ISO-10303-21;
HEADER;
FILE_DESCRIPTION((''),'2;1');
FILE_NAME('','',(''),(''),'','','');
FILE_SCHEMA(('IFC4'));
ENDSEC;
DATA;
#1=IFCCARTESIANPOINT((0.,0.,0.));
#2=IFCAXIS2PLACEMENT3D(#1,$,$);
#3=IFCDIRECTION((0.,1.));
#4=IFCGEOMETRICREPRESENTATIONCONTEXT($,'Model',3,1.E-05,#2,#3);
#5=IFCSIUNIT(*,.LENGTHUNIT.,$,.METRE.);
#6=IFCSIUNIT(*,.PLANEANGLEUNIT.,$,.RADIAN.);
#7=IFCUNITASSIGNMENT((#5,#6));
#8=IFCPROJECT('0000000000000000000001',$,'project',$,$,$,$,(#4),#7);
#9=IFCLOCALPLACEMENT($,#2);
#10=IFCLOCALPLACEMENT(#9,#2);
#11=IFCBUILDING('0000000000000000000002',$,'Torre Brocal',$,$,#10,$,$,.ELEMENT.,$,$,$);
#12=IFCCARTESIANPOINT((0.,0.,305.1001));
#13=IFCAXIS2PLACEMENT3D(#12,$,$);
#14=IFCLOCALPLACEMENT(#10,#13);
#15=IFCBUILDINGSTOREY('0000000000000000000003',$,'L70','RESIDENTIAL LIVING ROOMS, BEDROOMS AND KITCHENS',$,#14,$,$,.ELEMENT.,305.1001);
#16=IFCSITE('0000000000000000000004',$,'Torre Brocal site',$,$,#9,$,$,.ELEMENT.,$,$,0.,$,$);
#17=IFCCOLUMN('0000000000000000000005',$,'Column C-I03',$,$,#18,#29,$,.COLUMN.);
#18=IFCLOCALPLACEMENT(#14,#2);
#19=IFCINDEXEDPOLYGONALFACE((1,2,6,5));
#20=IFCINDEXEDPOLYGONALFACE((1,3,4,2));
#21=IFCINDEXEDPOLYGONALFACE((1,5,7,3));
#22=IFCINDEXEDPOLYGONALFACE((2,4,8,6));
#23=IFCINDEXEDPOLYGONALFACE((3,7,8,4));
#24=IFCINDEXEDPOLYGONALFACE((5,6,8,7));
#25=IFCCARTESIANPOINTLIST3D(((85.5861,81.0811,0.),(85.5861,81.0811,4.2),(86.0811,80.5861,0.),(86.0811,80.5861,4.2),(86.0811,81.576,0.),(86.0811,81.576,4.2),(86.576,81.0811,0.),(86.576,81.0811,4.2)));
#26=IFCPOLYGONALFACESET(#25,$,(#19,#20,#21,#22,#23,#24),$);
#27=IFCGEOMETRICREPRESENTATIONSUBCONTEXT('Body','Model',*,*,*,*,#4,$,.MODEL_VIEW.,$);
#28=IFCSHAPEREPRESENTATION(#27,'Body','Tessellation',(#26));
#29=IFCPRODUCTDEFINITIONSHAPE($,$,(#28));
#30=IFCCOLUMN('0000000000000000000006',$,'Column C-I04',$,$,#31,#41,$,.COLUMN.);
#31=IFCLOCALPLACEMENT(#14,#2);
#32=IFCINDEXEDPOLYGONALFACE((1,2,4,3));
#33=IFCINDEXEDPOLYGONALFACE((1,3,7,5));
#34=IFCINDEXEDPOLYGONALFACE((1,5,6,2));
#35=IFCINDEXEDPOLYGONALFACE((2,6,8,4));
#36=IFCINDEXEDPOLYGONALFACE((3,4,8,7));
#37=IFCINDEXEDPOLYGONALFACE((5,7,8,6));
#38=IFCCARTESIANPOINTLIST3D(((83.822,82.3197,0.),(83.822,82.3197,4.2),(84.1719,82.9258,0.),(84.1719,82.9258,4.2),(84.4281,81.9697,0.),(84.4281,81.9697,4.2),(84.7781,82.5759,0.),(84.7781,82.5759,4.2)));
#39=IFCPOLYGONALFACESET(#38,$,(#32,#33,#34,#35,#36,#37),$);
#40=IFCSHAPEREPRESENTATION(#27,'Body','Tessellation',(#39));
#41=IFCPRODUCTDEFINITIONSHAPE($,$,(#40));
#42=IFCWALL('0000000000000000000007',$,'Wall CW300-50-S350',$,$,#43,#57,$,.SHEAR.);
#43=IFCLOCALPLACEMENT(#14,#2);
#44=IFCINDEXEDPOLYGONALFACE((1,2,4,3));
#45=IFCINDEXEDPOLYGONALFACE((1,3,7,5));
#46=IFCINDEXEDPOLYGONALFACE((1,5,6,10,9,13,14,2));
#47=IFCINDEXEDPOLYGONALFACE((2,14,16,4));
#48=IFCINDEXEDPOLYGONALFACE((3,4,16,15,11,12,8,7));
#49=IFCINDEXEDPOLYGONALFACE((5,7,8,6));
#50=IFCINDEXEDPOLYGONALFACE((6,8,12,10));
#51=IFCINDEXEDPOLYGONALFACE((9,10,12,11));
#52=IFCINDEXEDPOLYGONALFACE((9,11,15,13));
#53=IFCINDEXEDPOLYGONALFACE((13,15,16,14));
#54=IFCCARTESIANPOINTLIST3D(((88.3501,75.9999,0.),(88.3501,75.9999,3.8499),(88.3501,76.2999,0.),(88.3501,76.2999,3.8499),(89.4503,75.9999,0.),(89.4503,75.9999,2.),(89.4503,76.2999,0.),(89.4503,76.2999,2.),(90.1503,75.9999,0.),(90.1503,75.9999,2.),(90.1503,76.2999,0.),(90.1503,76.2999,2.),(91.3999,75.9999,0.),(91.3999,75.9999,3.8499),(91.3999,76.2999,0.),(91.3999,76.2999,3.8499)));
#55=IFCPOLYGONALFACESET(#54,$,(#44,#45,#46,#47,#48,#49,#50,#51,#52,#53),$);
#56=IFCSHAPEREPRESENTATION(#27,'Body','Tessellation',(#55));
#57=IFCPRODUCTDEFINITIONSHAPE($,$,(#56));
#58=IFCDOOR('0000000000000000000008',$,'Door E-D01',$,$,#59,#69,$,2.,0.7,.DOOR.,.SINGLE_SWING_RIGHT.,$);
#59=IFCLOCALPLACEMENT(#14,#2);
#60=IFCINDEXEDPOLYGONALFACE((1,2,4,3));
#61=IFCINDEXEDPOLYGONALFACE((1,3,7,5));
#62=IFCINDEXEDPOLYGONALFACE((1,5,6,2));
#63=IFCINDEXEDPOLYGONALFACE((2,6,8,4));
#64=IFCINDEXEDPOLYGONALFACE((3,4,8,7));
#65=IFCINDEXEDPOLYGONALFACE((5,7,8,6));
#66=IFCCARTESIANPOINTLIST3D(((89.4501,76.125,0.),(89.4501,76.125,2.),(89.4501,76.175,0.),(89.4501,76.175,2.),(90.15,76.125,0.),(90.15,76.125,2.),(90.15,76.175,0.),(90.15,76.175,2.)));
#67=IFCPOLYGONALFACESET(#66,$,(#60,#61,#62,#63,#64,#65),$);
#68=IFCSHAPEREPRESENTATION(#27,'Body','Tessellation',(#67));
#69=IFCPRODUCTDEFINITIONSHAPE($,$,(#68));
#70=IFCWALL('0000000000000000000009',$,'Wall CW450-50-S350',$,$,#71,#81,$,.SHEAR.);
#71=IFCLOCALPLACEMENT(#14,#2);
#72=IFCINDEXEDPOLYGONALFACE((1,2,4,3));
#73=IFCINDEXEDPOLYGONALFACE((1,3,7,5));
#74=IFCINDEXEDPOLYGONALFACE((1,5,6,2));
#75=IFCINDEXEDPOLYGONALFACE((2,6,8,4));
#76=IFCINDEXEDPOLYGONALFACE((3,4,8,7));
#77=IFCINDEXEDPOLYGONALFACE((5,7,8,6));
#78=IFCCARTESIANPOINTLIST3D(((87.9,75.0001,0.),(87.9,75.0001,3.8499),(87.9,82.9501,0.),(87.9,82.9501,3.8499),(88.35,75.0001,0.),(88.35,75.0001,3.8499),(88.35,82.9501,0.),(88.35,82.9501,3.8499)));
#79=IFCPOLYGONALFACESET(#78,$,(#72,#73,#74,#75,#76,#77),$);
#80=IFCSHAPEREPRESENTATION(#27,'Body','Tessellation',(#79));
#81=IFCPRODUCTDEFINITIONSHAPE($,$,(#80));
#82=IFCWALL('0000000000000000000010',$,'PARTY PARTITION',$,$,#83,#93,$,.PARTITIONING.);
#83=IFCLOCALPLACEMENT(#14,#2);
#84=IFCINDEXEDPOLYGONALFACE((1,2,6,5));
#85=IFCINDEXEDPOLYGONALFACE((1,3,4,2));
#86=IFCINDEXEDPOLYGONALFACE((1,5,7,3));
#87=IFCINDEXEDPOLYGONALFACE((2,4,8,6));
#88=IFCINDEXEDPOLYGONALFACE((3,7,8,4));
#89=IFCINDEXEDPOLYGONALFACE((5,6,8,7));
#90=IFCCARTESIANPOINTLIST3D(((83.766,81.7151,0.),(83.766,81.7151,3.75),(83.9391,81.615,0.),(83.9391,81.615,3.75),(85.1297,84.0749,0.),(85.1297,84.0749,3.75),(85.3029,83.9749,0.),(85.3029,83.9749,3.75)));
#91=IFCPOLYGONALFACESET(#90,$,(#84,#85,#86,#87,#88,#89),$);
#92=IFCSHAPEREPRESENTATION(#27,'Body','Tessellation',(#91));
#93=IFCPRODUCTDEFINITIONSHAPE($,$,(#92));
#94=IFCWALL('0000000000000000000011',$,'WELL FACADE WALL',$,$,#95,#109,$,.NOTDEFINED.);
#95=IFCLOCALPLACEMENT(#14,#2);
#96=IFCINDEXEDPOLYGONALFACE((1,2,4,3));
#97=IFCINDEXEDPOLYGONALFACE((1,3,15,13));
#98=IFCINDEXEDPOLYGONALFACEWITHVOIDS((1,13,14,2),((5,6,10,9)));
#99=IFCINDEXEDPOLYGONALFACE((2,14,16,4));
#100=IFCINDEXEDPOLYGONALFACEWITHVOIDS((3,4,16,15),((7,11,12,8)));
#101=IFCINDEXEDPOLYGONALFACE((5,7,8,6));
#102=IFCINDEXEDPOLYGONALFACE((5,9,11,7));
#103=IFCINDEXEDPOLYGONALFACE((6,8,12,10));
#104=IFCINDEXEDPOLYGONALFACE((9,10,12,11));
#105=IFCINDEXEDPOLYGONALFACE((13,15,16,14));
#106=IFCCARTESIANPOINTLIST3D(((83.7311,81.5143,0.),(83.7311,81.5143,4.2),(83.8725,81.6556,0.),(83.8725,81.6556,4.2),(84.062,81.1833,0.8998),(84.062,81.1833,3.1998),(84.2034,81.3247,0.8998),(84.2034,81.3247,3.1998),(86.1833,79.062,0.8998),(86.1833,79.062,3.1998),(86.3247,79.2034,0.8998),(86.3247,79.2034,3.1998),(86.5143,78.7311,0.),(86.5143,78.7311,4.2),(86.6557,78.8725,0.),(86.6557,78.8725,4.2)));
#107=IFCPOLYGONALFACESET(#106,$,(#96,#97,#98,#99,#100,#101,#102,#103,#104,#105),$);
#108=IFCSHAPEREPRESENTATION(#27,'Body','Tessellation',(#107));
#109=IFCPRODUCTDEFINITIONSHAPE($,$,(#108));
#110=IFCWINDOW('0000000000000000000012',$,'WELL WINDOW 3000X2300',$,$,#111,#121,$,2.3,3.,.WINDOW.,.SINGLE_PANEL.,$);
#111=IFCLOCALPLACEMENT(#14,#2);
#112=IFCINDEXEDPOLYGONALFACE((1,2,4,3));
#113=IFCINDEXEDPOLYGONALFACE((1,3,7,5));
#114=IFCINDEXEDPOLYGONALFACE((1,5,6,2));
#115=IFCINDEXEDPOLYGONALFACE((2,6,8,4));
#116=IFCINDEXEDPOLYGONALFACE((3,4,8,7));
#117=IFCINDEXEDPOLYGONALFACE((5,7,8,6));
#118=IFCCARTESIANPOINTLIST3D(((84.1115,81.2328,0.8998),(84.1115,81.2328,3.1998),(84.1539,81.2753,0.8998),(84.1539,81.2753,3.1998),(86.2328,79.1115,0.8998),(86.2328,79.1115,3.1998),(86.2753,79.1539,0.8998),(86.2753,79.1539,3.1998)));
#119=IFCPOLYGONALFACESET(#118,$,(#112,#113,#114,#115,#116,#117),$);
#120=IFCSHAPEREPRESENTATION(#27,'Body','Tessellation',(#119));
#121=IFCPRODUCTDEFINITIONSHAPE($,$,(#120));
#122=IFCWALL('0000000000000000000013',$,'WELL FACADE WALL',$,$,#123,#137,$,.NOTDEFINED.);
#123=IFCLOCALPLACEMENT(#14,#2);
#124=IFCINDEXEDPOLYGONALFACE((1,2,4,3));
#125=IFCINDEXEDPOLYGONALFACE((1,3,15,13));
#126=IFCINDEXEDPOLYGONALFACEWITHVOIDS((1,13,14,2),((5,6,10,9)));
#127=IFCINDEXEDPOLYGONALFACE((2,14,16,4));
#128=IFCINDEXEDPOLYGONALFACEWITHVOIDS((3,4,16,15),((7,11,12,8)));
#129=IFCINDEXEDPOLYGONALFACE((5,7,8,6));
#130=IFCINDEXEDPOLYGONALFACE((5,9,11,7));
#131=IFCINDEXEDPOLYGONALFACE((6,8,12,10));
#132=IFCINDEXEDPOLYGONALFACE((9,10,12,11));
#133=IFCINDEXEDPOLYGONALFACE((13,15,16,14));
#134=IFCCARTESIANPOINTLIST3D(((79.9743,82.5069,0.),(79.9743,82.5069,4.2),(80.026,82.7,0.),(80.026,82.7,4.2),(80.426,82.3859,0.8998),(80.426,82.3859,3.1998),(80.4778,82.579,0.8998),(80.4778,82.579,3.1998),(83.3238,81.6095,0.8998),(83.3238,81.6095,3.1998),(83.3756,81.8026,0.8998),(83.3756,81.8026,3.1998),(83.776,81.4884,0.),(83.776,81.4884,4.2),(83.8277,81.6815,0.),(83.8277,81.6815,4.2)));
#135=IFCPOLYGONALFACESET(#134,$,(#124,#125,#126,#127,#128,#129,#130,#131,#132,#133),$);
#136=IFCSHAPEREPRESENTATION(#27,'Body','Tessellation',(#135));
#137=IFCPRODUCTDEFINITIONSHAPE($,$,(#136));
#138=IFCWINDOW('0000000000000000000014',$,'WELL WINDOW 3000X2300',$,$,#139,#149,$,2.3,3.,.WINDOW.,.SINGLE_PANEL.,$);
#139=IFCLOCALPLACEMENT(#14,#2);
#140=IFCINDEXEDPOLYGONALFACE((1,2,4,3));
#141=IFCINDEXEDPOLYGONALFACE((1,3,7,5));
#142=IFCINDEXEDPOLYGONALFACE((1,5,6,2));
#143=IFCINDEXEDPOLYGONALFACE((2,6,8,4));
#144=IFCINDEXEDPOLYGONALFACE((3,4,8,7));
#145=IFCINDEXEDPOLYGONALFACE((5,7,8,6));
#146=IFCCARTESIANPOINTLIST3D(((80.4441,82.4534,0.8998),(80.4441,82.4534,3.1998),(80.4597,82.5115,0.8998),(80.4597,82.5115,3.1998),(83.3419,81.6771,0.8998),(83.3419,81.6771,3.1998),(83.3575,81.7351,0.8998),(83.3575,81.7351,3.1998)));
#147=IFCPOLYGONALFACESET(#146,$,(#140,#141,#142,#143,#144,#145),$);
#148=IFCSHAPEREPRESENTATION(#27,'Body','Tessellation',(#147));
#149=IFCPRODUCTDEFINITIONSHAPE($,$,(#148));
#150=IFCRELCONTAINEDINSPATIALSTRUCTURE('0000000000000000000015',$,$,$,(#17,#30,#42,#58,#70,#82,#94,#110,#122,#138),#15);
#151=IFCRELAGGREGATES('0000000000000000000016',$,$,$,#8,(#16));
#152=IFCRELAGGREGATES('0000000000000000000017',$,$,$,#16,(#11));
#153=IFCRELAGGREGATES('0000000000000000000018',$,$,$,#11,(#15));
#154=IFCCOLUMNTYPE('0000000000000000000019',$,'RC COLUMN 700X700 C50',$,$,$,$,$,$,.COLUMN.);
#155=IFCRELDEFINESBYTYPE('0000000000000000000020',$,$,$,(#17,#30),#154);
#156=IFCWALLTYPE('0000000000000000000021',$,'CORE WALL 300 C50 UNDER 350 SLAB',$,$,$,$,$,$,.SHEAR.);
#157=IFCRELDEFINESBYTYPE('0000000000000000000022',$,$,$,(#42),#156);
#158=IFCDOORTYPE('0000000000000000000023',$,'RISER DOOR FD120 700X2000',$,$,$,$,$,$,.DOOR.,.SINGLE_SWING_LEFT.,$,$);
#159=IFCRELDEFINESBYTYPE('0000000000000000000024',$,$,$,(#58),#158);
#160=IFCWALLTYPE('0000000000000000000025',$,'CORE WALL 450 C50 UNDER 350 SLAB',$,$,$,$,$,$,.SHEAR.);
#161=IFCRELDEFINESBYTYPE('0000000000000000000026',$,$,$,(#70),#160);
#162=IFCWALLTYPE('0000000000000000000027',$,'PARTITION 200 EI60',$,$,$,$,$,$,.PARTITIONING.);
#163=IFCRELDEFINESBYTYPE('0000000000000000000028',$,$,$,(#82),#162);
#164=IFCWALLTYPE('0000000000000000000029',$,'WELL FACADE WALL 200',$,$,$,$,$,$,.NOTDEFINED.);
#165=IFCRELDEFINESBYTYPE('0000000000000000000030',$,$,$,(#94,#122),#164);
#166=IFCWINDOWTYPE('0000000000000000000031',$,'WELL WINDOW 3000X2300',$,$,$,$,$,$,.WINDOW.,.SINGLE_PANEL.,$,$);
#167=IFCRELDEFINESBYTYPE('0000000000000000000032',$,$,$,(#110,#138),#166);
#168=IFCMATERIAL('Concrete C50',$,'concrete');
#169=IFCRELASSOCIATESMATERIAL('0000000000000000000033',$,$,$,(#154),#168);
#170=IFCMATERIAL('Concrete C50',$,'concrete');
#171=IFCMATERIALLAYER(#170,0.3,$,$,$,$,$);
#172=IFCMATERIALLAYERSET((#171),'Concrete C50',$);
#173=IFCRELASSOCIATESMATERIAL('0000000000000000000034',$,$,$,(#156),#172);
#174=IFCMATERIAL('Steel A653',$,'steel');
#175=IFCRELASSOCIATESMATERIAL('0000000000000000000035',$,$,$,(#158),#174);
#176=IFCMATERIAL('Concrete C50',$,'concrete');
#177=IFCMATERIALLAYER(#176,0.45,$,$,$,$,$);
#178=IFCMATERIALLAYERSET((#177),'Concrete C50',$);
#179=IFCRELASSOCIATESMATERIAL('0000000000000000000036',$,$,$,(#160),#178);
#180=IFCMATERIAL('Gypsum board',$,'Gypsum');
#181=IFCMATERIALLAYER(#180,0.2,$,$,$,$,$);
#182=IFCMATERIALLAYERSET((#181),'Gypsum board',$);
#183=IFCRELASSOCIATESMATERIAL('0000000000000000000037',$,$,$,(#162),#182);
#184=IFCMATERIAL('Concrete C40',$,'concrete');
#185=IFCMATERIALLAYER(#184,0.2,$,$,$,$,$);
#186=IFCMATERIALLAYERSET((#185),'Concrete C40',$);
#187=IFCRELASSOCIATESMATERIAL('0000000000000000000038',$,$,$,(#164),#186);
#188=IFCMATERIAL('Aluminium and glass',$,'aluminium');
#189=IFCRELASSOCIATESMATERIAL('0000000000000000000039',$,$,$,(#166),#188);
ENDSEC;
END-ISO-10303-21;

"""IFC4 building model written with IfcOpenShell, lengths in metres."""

from ifc_helpers import new_model, si_unit, direction, frame, frame_2d, origin, origin_2d, place, context, subcontext, project, spatial, rectangle, extrude, material, layer, layer_set, material_profile, profile_set, type_object, element, fill, save


model = new_model("IFC4")

# Units and contexts
model_context = context("Model", 3, precision=1e-05, world=origin(), true_north=direction((0.0, 1.0)))
body_context = subcontext(model_context, "Body", "Model", "MODEL_VIEW")
ifc_project = project(units=[si_unit("LENGTHUNIT", "METRE"), si_unit("PLANEANGLEUNIT", "RADIAN")], contexts=[model_context])

# Site, building, storey
site_placement = place(None, origin())
site = spatial("IfcSite", under=ifc_project, at=site_placement, Name="Torre Brocal site", CompositionType="ELEMENT", RefElevation=0.0)
building_placement = place(site_placement, origin())
building = spatial("IfcBuilding", under=site, at=building_placement, Name="Torre Brocal", CompositionType="ELEMENT")
storey_placement = place(building_placement, frame((0.0, 0.0, 305.1001)))
storey = spatial("IfcBuildingStorey", under=building, at=storey_placement, Name="L70", Description="RESIDENTIAL LIVING ROOMS, BEDROOMS AND KITCHENS", CompositionType="ELEMENT", Elevation=305.1001)

# Columns
ifc_material_1 = material(Name="Concrete C50", Category="concrete")
ifc_material_profile = material_profile(ifc_material_1, rectangle(XDim=0.7, YDim=0.7, at=origin_2d()), Name="RC 700X700")
ifc_profile_set = profile_set([ifc_material_profile], Name="Concrete C50")
column_type = type_object("IfcColumnType", Name="RC COLUMN 700X700 C50", PredefinedType="COLUMN", material=ifc_profile_set)
for number, where, z_axis, x_axis, name in (
    (1, (86.0811, 81.0811, 0.0), (0.0, 0.0, 1.0), (0.707107, 0.707107, 0.0), "Column C-I03"),
    (2, (84.3, 82.4478, 0.0), (0.0, 0.0, 1.0), (0.5, 0.866025, 0.0), "Column C-I04"),
):
    element("IfcColumn", number, at=place(storey_placement, frame(where, z_axis=z_axis, x_axis=x_axis)), inside=storey, type_object=column_type, Name=name, PredefinedType="COLUMN", context=body_context, shape_type="SweptSolid", body=[
        extrude(rectangle(XDim=0.7, YDim=0.7, at=origin_2d()), origin(), (0.0, 0.0, 1.0), 4.2),
    ])

# Wall, opening, door
ifc_material_2 = material(Name="Concrete C50", Category="concrete")
ifc_layer_1 = layer(ifc_material_2, 0.3)
ifc_layer_set_1 = layer_set([ifc_layer_1], Name="Concrete C50")
wall_type_1 = type_object("IfcWallType", Name="CORE WALL 300 C50 UNDER 350 SLAB", PredefinedType="SHEAR", material=ifc_layer_set_1)
wall_1_placement = place(storey_placement, frame((88.3501, 76.1499, 0.0), z_axis=(0.0, 0.0, 1.0), x_axis=(1.0, 0.0, 0.0)))
wall_1 = element("IfcWall", 3, at=wall_1_placement, inside=storey, type_object=wall_type_1, Name="Wall CW300-50-S350", PredefinedType="SHEAR", context=body_context, shape_type="SweptSolid", body=[
    extrude(rectangle(XDim=3.0498, YDim=0.3, at=frame_2d((1.5249, 0.0))), origin(), (0.0, 0.0, 1.0), 3.8499),
])
opening_1_placement = place(wall_1_placement, frame((1.1001, 0.0, 0.0)))
opening_1 = element("IfcOpeningElement", 4, at=opening_1_placement, cuts=wall_1, PredefinedType="OPENING", context=body_context, shape_type="SweptSolid", body=[
    extrude(rectangle(XDim=0.7, YDim=2.0, at=frame_2d((0.3501, 1.0))), frame((0.0, 0.1599, 0.0), z_axis=(0.0, -1.0, 0.0), x_axis=(1.0, 0.0, 0.0)), (0.0, 0.0, 1.0), 0.3201),
])
ifc_material_3 = material(Name="Steel A653", Category="steel")
door_type = type_object("IfcDoorType", Name="RISER DOOR FD120 700X2000", OperationType="SINGLE_SWING_LEFT", PredefinedType="DOOR", material=ifc_material_3)
door_placement = place(opening_1_placement, frame((0.7, 0.0, 0.0), z_axis=(0.0, 0.0, 1.0), x_axis=(-1.0, 0.0, 0.0)))
door = element("IfcDoor", 5, at=door_placement, inside=storey, type_object=door_type, Name="Door E-D01", OperationType="SINGLE_SWING_RIGHT", OverallHeight=2.0, OverallWidth=0.7, PredefinedType="DOOR", context=body_context, shape_type="SweptSolid", body=[
    extrude(rectangle(XDim=0.7, YDim=2.0, at=frame_2d((0.3501, 1.0))), frame((0.0, 0.0249, 0.0), z_axis=(0.0, -1.0, 0.0), x_axis=(1.0, 0.0, 0.0)), (0.0, 0.0, 1.0), 0.05),
])
fill(opening_1, door)

# Walls
ifc_material_4 = material(Name="Concrete C50", Category="concrete")
ifc_layer_2 = layer(ifc_material_4, 0.45)
ifc_layer_set_2 = layer_set([ifc_layer_2], Name="Concrete C50")
wall_type_2 = type_object("IfcWallType", Name="CORE WALL 450 C50 UNDER 350 SLAB", PredefinedType="SHEAR", material=ifc_layer_set_2)
wall_2_placement = place(storey_placement, frame((88.125, 75.0, 0.0), z_axis=(0.0, 0.0, 1.0), x_axis=(0.0, 1.0, 0.0)))
element("IfcWall", 6, at=wall_2_placement, inside=storey, type_object=wall_type_2, Name="Wall CW450-50-S350", PredefinedType="SHEAR", context=body_context, shape_type="SweptSolid", body=[
    extrude(rectangle(XDim=7.95, YDim=0.45, at=frame_2d((3.9751, 0.0))), origin(), (0.0, 0.0, 1.0), 3.8499),
])
ifc_material_5 = material(Name="Gypsum board", Category="Gypsum")
ifc_layer_3 = layer(ifc_material_5, 0.2)
ifc_layer_set_3 = layer_set([ifc_layer_3], Name="Gypsum board")
wall_type_3 = type_object("IfcWallType", Name="PARTITION 200 EI60", PredefinedType="PARTITIONING", material=ifc_layer_set_3)
wall_3_placement = place(storey_placement, frame((83.8525, 81.665, 0.0), z_axis=(0.0, 0.0, 1.0), x_axis=(0.500358, 0.865819, 0.0)))
element("IfcWall", 7, at=wall_3_placement, inside=storey, type_object=wall_type_3, Name="PARTY PARTITION", PredefinedType="PARTITIONING", context=body_context, shape_type="SweptSolid", body=[
    extrude(rectangle(XDim=2.7256, YDim=0.2, at=frame_2d((1.3628, 0.0))), origin(), (0.0, 0.0, 1.0), 3.75),
])

# Walls, openings, windows
ifc_material_6 = material(Name="Concrete C40", Category="concrete")
ifc_layer_4 = layer(ifc_material_6, 0.2)
ifc_layer_set_4 = layer_set([ifc_layer_4], Name="Concrete C40")
wall_type_4 = type_object("IfcWallType", Name="WELL FACADE WALL 200", PredefinedType="NOTDEFINED", material=ifc_layer_set_4)
wall_4_placement = place(storey_placement, frame((86.585, 78.8018, 0.0), z_axis=(0.0, 0.0, 1.0), x_axis=(-0.707107, 0.707107, 0.0)))
wall_4 = element("IfcWall", 8, at=wall_4_placement, inside=storey, type_object=wall_type_4, Name="WELL FACADE WALL", PredefinedType="NOTDEFINED", context=body_context, shape_type="SweptSolid", body=[
    extrude(rectangle(XDim=3.936, YDim=0.2, at=frame_2d((1.968, 0.0))), origin(), (0.0, 0.0, 1.0), 4.2),
])
opening_2_placement = place(wall_4_placement, frame((0.468, 0.0, 0.8999)))
opening_2 = element("IfcOpeningElement", 9, at=opening_2_placement, cuts=wall_4, PredefinedType="OPENING", context=body_context, shape_type="SweptSolid", body=[
    extrude(rectangle(XDim=3.0, YDim=2.3, at=frame_2d((1.5, 1.1499))), frame((0.0, 0.1099, 0.0), z_axis=(0.0, -1.0, 0.0), x_axis=(1.0, 0.0, 0.0)), (0.0, 0.0, 1.0), 0.22),
])
ifc_material_7 = material(Name="Aluminium and glass", Category="aluminium")
window_type = type_object("IfcWindowType", Name="WELL WINDOW 3000X2300", PartitioningType="SINGLE_PANEL", PredefinedType="WINDOW", material=ifc_material_7)
window_1_placement = place(opening_2_placement, origin())
window_1 = element("IfcWindow", 10, at=window_1_placement, inside=storey, type_object=window_type, Name="WELL WINDOW 3000X2300", OverallHeight=2.3, OverallWidth=3.0, PartitioningType="SINGLE_PANEL", PredefinedType="WINDOW", context=body_context, shape_type="SweptSolid", body=[
    extrude(rectangle(XDim=3.0, YDim=2.3, at=frame_2d((1.5, 1.1499))), frame((0.0, 0.03, 0.0), z_axis=(0.0, -1.0, 0.0), x_axis=(1.0, 0.0, 0.0)), (0.0, 0.0, 1.0), 0.0601),
])
fill(opening_2, window_1)
wall_5_placement = place(storey_placement, frame((83.8018, 81.585, 0.0), z_axis=(0.0, 0.0, 1.0), x_axis=(-0.965934, 0.25879, 0.0)))
wall_5 = element("IfcWall", 11, at=wall_5_placement, inside=storey, type_object=wall_type_4, Name="WELL FACADE WALL", PredefinedType="NOTDEFINED", context=body_context, shape_type="SweptSolid", body=[
    extrude(rectangle(XDim=3.9358, YDim=0.2, at=frame_2d((1.9678, 0.0))), origin(), (0.0, 0.0, 1.0), 4.2),
])
opening_3_placement = place(wall_5_placement, frame((0.468, 0.0, 0.8999)))
opening_3 = element("IfcOpeningElement", 12, at=opening_3_placement, cuts=wall_5, PredefinedType="OPENING", context=body_context, shape_type="SweptSolid", body=[
    extrude(rectangle(XDim=3.0, YDim=2.3, at=frame_2d((1.5, 1.1499))), frame((0.0, 0.1099, 0.0), z_axis=(0.0, -1.0, 0.0), x_axis=(1.0, 0.0, 0.0)), (0.0, 0.0, 1.0), 0.22),
])
window_2_placement = place(opening_3_placement, origin())
window_2 = element("IfcWindow", 13, at=window_2_placement, inside=storey, type_object=window_type, Name="WELL WINDOW 3000X2300", OverallHeight=2.3, OverallWidth=3.0, PartitioningType="SINGLE_PANEL", PredefinedType="WINDOW", context=body_context, shape_type="SweptSolid", body=[
    extrude(rectangle(XDim=3.0, YDim=2.3, at=frame_2d((1.5, 1.1499))), frame((0.0, 0.03, 0.0), z_axis=(0.0, -1.0, 0.0), x_axis=(1.0, 0.0, 0.0)), (0.0, 0.0, 1.0), 0.0601),
])
fill(opening_3, window_2)

save(model, "model.ifc")
